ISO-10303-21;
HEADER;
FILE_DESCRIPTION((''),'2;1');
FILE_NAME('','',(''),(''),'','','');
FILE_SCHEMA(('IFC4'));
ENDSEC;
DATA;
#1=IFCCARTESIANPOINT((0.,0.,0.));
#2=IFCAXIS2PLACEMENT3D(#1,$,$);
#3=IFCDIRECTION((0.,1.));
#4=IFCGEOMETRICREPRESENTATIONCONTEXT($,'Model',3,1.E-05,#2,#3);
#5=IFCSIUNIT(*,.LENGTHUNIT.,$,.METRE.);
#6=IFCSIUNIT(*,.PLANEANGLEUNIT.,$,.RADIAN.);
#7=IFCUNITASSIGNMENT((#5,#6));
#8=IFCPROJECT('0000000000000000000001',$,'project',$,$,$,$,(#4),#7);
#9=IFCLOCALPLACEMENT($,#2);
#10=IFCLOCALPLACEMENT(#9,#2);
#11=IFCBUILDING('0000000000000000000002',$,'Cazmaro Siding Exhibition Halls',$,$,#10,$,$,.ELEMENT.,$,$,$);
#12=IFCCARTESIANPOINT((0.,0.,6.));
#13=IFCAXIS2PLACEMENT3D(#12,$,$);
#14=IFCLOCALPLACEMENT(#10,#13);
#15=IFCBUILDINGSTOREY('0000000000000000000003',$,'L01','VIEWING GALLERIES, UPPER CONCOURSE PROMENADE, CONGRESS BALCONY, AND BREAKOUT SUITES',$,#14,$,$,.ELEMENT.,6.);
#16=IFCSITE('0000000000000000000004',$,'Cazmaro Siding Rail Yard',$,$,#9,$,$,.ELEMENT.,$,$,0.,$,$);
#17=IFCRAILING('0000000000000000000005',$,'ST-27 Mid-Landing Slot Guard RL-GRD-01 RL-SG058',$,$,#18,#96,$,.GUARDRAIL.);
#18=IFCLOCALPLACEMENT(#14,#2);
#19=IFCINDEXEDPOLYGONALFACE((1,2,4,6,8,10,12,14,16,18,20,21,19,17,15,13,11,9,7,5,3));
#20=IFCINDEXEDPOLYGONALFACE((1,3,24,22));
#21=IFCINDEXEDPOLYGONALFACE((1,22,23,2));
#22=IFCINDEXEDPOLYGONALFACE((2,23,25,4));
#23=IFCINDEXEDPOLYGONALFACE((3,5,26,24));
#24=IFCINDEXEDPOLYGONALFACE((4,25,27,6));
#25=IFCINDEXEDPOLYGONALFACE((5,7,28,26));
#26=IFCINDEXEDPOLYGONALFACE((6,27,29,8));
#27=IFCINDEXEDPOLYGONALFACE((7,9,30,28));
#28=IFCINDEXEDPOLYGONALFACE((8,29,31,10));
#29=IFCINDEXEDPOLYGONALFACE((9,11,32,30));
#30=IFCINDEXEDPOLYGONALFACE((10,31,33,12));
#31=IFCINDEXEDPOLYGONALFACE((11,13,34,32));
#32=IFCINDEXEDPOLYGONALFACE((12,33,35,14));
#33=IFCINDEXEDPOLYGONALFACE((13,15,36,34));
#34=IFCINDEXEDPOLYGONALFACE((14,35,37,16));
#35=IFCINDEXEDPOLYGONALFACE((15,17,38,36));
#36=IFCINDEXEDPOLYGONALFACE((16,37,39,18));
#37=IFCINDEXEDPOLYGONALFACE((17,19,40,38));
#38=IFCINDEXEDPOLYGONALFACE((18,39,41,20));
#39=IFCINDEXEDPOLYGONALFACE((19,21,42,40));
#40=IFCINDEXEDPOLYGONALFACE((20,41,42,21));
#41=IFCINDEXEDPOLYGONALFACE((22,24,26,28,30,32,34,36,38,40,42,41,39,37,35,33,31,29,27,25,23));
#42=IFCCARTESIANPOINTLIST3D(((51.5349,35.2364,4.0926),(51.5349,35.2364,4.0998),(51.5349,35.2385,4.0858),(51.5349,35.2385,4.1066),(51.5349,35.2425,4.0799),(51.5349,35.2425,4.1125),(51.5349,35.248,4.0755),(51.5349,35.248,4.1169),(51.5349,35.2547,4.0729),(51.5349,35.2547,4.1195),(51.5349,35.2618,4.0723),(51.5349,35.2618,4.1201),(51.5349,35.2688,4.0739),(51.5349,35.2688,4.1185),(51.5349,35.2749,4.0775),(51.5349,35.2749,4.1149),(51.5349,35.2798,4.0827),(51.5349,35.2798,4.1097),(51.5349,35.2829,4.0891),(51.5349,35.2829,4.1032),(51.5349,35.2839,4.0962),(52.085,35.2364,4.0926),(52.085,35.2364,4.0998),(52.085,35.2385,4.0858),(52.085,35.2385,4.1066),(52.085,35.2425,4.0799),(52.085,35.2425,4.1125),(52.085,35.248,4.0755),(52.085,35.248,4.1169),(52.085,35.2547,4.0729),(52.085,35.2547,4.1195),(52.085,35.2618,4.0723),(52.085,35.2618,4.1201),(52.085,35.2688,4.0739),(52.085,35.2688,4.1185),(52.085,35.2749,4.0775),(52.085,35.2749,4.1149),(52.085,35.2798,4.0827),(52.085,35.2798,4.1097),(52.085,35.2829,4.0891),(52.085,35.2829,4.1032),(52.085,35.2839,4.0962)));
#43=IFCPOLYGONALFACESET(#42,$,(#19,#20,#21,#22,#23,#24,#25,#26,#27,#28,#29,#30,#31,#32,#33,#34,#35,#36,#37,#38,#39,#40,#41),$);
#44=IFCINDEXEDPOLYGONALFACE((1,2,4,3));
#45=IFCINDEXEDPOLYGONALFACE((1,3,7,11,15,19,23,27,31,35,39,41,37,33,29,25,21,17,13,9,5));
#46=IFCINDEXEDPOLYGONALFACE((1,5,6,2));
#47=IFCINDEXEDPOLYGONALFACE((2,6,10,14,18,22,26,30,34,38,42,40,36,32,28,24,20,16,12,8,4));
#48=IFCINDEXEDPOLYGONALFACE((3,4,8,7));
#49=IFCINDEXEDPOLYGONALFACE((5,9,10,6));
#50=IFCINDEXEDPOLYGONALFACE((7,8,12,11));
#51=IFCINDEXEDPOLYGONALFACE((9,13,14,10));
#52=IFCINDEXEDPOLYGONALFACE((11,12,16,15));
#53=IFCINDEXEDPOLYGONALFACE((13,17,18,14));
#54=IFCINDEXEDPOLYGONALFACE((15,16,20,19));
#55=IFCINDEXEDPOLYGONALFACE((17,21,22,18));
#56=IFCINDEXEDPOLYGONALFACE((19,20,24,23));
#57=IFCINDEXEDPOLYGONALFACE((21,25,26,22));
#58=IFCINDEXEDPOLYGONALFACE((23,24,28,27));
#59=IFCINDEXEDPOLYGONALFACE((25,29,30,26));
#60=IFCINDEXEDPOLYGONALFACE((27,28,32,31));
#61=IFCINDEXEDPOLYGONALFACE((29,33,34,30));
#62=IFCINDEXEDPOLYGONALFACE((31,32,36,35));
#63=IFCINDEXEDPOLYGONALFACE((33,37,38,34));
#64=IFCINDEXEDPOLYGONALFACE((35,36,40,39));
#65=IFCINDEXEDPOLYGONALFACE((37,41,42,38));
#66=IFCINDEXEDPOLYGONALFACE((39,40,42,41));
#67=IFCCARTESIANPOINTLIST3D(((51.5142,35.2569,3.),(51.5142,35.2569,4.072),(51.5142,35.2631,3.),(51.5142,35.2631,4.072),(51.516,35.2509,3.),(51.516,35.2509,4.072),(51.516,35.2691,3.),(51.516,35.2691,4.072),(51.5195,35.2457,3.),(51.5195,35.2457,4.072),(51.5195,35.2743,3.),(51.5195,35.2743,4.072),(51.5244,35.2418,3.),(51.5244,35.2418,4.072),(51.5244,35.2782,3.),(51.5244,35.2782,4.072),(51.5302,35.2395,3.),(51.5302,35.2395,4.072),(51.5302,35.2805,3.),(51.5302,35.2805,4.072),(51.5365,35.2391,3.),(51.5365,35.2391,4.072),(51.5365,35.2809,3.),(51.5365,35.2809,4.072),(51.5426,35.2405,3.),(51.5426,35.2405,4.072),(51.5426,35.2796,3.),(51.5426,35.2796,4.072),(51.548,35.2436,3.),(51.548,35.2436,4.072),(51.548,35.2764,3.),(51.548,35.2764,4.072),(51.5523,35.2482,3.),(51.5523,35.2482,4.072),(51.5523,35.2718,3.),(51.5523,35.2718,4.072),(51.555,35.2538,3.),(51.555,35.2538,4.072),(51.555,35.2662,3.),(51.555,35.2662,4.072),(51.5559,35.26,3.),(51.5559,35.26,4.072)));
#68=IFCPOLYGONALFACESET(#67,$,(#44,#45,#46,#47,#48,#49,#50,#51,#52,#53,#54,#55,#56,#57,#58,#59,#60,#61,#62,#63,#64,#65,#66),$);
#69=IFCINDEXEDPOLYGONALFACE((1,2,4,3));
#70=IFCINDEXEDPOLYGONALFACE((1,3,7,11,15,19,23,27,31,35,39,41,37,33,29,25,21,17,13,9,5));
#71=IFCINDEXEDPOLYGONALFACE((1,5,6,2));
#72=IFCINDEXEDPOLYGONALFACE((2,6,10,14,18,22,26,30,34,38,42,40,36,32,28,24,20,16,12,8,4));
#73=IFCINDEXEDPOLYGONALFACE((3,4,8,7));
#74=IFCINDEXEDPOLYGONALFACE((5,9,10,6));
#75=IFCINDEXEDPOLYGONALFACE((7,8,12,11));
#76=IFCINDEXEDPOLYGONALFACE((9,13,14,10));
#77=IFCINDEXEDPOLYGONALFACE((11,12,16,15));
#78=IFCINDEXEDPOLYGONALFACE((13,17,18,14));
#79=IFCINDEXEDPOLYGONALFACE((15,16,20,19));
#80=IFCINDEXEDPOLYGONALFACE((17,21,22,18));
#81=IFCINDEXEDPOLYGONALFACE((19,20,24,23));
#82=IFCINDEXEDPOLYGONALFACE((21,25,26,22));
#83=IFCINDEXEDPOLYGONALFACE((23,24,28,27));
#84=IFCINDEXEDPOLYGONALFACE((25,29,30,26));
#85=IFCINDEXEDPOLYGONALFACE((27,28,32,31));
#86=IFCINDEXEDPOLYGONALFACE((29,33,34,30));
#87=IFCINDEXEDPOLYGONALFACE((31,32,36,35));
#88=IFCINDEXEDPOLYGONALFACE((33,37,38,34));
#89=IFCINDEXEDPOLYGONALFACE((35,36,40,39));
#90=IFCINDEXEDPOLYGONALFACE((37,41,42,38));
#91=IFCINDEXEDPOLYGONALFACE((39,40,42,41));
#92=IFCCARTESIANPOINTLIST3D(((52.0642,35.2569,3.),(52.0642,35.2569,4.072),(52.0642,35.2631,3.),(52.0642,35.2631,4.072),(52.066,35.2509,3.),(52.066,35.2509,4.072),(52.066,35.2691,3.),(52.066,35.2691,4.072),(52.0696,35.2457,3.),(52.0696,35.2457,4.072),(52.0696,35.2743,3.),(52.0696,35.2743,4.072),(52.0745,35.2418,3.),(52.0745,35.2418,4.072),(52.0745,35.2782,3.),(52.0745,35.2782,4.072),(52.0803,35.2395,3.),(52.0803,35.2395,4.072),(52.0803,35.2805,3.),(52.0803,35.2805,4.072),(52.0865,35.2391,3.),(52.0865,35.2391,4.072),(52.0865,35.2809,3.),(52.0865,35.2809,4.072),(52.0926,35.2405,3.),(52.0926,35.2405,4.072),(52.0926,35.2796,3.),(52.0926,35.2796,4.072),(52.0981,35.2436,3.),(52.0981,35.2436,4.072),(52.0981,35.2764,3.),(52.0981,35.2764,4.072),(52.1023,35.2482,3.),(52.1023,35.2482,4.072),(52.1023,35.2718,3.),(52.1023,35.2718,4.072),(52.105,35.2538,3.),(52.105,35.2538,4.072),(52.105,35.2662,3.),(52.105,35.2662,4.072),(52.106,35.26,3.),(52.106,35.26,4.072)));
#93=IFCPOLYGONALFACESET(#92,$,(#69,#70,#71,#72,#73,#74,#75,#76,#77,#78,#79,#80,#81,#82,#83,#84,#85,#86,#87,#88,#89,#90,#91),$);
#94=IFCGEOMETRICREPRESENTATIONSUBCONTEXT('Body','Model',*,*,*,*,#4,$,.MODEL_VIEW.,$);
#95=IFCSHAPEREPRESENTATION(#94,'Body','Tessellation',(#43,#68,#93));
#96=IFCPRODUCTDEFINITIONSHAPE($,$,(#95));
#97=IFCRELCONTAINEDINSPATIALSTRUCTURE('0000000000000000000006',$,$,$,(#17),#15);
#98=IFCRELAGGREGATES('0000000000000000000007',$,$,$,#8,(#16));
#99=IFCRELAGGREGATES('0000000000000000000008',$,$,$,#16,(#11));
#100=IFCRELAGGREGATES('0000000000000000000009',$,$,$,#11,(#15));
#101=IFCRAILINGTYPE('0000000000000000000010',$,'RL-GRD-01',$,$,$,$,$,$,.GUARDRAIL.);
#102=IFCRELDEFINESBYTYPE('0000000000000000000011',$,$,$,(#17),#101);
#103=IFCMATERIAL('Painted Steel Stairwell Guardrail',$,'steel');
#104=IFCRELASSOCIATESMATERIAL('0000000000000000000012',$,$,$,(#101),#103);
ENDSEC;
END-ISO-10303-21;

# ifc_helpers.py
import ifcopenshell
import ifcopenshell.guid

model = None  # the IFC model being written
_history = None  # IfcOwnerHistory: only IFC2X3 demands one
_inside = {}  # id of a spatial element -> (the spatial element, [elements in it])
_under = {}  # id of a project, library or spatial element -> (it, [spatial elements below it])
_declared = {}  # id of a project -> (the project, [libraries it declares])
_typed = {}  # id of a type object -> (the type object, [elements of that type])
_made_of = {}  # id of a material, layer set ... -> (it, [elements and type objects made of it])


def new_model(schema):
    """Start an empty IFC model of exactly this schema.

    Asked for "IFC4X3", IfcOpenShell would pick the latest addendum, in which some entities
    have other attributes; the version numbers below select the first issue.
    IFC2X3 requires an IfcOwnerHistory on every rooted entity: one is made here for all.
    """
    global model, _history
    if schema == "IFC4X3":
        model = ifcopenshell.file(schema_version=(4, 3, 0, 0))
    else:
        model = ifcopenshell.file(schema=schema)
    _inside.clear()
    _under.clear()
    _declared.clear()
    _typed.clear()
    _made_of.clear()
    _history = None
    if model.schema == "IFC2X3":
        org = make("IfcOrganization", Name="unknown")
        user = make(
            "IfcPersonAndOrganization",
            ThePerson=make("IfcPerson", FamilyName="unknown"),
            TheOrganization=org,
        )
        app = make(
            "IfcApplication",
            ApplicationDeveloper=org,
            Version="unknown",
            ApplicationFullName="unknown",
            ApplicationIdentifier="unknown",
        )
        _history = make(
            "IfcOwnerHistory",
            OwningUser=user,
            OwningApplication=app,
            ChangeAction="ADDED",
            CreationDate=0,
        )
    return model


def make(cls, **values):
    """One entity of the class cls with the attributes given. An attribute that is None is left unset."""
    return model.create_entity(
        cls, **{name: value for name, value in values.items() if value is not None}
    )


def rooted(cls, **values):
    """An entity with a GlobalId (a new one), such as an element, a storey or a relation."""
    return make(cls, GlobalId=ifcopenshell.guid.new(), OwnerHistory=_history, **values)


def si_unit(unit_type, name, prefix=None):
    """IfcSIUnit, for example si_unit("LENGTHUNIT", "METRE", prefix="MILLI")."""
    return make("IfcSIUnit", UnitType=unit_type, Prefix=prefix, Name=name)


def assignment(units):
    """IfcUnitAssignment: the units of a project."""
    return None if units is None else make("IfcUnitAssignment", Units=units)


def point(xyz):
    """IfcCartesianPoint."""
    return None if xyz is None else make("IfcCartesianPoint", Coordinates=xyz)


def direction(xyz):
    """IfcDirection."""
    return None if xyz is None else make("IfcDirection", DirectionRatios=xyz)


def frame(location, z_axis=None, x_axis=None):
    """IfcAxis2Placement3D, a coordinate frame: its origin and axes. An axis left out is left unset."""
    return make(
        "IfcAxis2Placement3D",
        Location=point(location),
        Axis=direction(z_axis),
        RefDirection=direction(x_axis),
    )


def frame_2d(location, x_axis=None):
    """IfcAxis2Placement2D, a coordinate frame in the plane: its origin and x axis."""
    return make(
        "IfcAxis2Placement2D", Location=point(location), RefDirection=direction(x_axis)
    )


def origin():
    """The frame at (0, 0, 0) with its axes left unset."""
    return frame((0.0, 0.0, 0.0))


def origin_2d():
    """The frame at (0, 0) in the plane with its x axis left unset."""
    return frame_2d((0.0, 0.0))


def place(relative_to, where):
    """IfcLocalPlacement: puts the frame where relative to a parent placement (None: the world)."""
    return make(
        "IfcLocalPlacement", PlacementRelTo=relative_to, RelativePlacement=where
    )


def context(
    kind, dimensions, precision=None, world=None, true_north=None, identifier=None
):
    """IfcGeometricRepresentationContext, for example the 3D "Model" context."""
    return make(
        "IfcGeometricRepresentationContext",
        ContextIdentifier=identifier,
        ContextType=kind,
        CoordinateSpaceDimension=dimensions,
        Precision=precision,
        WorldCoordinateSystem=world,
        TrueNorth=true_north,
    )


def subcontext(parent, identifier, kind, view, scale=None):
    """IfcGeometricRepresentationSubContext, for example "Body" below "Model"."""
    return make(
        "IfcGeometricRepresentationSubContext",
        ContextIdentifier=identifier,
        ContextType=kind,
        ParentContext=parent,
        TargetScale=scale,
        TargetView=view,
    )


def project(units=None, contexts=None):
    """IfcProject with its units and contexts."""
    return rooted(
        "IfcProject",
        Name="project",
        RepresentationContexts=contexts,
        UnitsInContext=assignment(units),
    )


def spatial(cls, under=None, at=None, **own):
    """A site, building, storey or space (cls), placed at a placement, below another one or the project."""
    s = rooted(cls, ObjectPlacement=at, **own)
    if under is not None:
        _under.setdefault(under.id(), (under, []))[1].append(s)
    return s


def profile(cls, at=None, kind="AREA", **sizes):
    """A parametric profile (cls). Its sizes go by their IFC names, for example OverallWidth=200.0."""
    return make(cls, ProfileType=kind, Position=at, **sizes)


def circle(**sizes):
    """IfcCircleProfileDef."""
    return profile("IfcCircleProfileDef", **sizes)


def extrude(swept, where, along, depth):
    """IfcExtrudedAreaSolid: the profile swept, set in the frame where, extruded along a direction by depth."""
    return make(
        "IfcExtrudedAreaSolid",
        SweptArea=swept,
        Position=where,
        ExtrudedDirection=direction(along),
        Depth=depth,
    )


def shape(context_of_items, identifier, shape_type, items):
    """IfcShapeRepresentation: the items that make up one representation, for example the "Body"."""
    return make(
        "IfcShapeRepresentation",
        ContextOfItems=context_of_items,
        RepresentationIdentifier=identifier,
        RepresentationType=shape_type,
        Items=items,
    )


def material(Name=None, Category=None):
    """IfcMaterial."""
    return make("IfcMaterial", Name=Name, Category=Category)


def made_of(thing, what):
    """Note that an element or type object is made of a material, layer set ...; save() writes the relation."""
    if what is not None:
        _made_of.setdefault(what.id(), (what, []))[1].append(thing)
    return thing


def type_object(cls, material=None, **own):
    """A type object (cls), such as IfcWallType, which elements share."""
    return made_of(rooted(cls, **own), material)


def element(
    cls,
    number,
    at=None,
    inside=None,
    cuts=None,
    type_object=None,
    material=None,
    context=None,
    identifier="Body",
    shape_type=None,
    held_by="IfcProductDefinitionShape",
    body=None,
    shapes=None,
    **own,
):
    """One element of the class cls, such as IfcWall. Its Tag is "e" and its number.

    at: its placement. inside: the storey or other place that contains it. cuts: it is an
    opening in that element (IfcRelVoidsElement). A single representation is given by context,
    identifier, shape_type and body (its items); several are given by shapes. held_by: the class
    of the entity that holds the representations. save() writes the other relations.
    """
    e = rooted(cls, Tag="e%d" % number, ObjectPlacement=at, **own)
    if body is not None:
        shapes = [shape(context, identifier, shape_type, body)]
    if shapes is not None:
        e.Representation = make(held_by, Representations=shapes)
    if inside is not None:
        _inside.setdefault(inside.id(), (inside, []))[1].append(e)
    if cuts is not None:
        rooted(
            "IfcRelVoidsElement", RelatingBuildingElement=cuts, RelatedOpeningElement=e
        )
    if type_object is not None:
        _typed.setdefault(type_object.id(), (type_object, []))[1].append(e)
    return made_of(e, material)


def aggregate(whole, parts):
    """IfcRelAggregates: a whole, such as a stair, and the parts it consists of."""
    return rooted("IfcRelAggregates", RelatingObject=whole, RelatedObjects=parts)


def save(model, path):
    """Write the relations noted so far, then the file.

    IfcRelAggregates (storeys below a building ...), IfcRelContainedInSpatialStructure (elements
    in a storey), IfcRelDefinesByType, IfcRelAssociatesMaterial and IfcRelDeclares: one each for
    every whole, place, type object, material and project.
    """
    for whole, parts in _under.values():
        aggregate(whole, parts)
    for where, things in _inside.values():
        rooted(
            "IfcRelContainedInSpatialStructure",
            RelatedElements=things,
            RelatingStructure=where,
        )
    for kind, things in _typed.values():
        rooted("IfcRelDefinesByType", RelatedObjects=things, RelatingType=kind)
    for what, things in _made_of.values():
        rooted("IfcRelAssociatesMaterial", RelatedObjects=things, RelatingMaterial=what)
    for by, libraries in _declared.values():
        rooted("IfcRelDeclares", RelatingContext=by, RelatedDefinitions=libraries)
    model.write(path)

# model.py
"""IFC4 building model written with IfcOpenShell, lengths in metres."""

from ifc_helpers import new_model, si_unit, direction, frame, origin, origin_2d, place, context, subcontext, project, spatial, circle, extrude, material, type_object, element, save


model = new_model("IFC4")

# Units and contexts
model_context = context("Model", 3, precision=1e-05, world=origin(), true_north=direction((0.0, 1.0)))
body_context = subcontext(model_context, "Body", "Model", "MODEL_VIEW")
ifc_project = project(units=[si_unit("LENGTHUNIT", "METRE"), si_unit("PLANEANGLEUNIT", "RADIAN")], contexts=[model_context])

# Site, building, storey
site_placement = place(None, origin())
site = spatial("IfcSite", under=ifc_project, at=site_placement, Name="Cazmaro Siding Rail Yard", CompositionType="ELEMENT", RefElevation=0.0)
building_placement = place(site_placement, origin())
building = spatial("IfcBuilding", under=site, at=building_placement, Name="Cazmaro Siding Exhibition Halls", CompositionType="ELEMENT")
storey_placement = place(building_placement, frame((0.0, 0.0, 6.0)))
storey = spatial("IfcBuildingStorey", under=building, at=storey_placement, Name="L01", Description="VIEWING GALLERIES, UPPER CONCOURSE PROMENADE, CONGRESS BALCONY, AND BREAKOUT SUITES", CompositionType="ELEMENT", Elevation=6.0)

# Railing
ifc_material_1 = material(Name="Painted Steel Stairwell Guardrail", Category="steel")
railing_type_1 = type_object("IfcRailingType", Name="RL-GRD-01", PredefinedType="GUARDRAIL", material=ifc_material_1)
railing_1_placement = place(storey_placement, frame((51.5349, 35.26, 3.0)))
element("IfcRailing", 1, at=railing_1_placement, inside=storey, type_object=railing_type_1, Name="ST-27 Mid-Landing Slot Guard RL-GRD-01 RL-SG058", PredefinedType="GUARDRAIL", context=body_context, shape_type="SweptSolid", body=[
    extrude(circle(Radius=0.0239, at=origin_2d()), frame((0.0, 0.0, 1.0962), z_axis=(1.0, 0.0, 0.0), x_axis=(0.0, 1.0, 0.0)), (0.0, 0.0, 1.0), 0.55),
    extrude(circle(Radius=0.021, at=origin_2d()), origin(), (0.0, 0.0, 1.0), 1.072),
    extrude(circle(Radius=0.021, at=origin_2d()), frame((0.55, 0.0, 0.0)), (0.0, 0.0, 1.0), 1.072),
])

save(model, "model.ifc")
